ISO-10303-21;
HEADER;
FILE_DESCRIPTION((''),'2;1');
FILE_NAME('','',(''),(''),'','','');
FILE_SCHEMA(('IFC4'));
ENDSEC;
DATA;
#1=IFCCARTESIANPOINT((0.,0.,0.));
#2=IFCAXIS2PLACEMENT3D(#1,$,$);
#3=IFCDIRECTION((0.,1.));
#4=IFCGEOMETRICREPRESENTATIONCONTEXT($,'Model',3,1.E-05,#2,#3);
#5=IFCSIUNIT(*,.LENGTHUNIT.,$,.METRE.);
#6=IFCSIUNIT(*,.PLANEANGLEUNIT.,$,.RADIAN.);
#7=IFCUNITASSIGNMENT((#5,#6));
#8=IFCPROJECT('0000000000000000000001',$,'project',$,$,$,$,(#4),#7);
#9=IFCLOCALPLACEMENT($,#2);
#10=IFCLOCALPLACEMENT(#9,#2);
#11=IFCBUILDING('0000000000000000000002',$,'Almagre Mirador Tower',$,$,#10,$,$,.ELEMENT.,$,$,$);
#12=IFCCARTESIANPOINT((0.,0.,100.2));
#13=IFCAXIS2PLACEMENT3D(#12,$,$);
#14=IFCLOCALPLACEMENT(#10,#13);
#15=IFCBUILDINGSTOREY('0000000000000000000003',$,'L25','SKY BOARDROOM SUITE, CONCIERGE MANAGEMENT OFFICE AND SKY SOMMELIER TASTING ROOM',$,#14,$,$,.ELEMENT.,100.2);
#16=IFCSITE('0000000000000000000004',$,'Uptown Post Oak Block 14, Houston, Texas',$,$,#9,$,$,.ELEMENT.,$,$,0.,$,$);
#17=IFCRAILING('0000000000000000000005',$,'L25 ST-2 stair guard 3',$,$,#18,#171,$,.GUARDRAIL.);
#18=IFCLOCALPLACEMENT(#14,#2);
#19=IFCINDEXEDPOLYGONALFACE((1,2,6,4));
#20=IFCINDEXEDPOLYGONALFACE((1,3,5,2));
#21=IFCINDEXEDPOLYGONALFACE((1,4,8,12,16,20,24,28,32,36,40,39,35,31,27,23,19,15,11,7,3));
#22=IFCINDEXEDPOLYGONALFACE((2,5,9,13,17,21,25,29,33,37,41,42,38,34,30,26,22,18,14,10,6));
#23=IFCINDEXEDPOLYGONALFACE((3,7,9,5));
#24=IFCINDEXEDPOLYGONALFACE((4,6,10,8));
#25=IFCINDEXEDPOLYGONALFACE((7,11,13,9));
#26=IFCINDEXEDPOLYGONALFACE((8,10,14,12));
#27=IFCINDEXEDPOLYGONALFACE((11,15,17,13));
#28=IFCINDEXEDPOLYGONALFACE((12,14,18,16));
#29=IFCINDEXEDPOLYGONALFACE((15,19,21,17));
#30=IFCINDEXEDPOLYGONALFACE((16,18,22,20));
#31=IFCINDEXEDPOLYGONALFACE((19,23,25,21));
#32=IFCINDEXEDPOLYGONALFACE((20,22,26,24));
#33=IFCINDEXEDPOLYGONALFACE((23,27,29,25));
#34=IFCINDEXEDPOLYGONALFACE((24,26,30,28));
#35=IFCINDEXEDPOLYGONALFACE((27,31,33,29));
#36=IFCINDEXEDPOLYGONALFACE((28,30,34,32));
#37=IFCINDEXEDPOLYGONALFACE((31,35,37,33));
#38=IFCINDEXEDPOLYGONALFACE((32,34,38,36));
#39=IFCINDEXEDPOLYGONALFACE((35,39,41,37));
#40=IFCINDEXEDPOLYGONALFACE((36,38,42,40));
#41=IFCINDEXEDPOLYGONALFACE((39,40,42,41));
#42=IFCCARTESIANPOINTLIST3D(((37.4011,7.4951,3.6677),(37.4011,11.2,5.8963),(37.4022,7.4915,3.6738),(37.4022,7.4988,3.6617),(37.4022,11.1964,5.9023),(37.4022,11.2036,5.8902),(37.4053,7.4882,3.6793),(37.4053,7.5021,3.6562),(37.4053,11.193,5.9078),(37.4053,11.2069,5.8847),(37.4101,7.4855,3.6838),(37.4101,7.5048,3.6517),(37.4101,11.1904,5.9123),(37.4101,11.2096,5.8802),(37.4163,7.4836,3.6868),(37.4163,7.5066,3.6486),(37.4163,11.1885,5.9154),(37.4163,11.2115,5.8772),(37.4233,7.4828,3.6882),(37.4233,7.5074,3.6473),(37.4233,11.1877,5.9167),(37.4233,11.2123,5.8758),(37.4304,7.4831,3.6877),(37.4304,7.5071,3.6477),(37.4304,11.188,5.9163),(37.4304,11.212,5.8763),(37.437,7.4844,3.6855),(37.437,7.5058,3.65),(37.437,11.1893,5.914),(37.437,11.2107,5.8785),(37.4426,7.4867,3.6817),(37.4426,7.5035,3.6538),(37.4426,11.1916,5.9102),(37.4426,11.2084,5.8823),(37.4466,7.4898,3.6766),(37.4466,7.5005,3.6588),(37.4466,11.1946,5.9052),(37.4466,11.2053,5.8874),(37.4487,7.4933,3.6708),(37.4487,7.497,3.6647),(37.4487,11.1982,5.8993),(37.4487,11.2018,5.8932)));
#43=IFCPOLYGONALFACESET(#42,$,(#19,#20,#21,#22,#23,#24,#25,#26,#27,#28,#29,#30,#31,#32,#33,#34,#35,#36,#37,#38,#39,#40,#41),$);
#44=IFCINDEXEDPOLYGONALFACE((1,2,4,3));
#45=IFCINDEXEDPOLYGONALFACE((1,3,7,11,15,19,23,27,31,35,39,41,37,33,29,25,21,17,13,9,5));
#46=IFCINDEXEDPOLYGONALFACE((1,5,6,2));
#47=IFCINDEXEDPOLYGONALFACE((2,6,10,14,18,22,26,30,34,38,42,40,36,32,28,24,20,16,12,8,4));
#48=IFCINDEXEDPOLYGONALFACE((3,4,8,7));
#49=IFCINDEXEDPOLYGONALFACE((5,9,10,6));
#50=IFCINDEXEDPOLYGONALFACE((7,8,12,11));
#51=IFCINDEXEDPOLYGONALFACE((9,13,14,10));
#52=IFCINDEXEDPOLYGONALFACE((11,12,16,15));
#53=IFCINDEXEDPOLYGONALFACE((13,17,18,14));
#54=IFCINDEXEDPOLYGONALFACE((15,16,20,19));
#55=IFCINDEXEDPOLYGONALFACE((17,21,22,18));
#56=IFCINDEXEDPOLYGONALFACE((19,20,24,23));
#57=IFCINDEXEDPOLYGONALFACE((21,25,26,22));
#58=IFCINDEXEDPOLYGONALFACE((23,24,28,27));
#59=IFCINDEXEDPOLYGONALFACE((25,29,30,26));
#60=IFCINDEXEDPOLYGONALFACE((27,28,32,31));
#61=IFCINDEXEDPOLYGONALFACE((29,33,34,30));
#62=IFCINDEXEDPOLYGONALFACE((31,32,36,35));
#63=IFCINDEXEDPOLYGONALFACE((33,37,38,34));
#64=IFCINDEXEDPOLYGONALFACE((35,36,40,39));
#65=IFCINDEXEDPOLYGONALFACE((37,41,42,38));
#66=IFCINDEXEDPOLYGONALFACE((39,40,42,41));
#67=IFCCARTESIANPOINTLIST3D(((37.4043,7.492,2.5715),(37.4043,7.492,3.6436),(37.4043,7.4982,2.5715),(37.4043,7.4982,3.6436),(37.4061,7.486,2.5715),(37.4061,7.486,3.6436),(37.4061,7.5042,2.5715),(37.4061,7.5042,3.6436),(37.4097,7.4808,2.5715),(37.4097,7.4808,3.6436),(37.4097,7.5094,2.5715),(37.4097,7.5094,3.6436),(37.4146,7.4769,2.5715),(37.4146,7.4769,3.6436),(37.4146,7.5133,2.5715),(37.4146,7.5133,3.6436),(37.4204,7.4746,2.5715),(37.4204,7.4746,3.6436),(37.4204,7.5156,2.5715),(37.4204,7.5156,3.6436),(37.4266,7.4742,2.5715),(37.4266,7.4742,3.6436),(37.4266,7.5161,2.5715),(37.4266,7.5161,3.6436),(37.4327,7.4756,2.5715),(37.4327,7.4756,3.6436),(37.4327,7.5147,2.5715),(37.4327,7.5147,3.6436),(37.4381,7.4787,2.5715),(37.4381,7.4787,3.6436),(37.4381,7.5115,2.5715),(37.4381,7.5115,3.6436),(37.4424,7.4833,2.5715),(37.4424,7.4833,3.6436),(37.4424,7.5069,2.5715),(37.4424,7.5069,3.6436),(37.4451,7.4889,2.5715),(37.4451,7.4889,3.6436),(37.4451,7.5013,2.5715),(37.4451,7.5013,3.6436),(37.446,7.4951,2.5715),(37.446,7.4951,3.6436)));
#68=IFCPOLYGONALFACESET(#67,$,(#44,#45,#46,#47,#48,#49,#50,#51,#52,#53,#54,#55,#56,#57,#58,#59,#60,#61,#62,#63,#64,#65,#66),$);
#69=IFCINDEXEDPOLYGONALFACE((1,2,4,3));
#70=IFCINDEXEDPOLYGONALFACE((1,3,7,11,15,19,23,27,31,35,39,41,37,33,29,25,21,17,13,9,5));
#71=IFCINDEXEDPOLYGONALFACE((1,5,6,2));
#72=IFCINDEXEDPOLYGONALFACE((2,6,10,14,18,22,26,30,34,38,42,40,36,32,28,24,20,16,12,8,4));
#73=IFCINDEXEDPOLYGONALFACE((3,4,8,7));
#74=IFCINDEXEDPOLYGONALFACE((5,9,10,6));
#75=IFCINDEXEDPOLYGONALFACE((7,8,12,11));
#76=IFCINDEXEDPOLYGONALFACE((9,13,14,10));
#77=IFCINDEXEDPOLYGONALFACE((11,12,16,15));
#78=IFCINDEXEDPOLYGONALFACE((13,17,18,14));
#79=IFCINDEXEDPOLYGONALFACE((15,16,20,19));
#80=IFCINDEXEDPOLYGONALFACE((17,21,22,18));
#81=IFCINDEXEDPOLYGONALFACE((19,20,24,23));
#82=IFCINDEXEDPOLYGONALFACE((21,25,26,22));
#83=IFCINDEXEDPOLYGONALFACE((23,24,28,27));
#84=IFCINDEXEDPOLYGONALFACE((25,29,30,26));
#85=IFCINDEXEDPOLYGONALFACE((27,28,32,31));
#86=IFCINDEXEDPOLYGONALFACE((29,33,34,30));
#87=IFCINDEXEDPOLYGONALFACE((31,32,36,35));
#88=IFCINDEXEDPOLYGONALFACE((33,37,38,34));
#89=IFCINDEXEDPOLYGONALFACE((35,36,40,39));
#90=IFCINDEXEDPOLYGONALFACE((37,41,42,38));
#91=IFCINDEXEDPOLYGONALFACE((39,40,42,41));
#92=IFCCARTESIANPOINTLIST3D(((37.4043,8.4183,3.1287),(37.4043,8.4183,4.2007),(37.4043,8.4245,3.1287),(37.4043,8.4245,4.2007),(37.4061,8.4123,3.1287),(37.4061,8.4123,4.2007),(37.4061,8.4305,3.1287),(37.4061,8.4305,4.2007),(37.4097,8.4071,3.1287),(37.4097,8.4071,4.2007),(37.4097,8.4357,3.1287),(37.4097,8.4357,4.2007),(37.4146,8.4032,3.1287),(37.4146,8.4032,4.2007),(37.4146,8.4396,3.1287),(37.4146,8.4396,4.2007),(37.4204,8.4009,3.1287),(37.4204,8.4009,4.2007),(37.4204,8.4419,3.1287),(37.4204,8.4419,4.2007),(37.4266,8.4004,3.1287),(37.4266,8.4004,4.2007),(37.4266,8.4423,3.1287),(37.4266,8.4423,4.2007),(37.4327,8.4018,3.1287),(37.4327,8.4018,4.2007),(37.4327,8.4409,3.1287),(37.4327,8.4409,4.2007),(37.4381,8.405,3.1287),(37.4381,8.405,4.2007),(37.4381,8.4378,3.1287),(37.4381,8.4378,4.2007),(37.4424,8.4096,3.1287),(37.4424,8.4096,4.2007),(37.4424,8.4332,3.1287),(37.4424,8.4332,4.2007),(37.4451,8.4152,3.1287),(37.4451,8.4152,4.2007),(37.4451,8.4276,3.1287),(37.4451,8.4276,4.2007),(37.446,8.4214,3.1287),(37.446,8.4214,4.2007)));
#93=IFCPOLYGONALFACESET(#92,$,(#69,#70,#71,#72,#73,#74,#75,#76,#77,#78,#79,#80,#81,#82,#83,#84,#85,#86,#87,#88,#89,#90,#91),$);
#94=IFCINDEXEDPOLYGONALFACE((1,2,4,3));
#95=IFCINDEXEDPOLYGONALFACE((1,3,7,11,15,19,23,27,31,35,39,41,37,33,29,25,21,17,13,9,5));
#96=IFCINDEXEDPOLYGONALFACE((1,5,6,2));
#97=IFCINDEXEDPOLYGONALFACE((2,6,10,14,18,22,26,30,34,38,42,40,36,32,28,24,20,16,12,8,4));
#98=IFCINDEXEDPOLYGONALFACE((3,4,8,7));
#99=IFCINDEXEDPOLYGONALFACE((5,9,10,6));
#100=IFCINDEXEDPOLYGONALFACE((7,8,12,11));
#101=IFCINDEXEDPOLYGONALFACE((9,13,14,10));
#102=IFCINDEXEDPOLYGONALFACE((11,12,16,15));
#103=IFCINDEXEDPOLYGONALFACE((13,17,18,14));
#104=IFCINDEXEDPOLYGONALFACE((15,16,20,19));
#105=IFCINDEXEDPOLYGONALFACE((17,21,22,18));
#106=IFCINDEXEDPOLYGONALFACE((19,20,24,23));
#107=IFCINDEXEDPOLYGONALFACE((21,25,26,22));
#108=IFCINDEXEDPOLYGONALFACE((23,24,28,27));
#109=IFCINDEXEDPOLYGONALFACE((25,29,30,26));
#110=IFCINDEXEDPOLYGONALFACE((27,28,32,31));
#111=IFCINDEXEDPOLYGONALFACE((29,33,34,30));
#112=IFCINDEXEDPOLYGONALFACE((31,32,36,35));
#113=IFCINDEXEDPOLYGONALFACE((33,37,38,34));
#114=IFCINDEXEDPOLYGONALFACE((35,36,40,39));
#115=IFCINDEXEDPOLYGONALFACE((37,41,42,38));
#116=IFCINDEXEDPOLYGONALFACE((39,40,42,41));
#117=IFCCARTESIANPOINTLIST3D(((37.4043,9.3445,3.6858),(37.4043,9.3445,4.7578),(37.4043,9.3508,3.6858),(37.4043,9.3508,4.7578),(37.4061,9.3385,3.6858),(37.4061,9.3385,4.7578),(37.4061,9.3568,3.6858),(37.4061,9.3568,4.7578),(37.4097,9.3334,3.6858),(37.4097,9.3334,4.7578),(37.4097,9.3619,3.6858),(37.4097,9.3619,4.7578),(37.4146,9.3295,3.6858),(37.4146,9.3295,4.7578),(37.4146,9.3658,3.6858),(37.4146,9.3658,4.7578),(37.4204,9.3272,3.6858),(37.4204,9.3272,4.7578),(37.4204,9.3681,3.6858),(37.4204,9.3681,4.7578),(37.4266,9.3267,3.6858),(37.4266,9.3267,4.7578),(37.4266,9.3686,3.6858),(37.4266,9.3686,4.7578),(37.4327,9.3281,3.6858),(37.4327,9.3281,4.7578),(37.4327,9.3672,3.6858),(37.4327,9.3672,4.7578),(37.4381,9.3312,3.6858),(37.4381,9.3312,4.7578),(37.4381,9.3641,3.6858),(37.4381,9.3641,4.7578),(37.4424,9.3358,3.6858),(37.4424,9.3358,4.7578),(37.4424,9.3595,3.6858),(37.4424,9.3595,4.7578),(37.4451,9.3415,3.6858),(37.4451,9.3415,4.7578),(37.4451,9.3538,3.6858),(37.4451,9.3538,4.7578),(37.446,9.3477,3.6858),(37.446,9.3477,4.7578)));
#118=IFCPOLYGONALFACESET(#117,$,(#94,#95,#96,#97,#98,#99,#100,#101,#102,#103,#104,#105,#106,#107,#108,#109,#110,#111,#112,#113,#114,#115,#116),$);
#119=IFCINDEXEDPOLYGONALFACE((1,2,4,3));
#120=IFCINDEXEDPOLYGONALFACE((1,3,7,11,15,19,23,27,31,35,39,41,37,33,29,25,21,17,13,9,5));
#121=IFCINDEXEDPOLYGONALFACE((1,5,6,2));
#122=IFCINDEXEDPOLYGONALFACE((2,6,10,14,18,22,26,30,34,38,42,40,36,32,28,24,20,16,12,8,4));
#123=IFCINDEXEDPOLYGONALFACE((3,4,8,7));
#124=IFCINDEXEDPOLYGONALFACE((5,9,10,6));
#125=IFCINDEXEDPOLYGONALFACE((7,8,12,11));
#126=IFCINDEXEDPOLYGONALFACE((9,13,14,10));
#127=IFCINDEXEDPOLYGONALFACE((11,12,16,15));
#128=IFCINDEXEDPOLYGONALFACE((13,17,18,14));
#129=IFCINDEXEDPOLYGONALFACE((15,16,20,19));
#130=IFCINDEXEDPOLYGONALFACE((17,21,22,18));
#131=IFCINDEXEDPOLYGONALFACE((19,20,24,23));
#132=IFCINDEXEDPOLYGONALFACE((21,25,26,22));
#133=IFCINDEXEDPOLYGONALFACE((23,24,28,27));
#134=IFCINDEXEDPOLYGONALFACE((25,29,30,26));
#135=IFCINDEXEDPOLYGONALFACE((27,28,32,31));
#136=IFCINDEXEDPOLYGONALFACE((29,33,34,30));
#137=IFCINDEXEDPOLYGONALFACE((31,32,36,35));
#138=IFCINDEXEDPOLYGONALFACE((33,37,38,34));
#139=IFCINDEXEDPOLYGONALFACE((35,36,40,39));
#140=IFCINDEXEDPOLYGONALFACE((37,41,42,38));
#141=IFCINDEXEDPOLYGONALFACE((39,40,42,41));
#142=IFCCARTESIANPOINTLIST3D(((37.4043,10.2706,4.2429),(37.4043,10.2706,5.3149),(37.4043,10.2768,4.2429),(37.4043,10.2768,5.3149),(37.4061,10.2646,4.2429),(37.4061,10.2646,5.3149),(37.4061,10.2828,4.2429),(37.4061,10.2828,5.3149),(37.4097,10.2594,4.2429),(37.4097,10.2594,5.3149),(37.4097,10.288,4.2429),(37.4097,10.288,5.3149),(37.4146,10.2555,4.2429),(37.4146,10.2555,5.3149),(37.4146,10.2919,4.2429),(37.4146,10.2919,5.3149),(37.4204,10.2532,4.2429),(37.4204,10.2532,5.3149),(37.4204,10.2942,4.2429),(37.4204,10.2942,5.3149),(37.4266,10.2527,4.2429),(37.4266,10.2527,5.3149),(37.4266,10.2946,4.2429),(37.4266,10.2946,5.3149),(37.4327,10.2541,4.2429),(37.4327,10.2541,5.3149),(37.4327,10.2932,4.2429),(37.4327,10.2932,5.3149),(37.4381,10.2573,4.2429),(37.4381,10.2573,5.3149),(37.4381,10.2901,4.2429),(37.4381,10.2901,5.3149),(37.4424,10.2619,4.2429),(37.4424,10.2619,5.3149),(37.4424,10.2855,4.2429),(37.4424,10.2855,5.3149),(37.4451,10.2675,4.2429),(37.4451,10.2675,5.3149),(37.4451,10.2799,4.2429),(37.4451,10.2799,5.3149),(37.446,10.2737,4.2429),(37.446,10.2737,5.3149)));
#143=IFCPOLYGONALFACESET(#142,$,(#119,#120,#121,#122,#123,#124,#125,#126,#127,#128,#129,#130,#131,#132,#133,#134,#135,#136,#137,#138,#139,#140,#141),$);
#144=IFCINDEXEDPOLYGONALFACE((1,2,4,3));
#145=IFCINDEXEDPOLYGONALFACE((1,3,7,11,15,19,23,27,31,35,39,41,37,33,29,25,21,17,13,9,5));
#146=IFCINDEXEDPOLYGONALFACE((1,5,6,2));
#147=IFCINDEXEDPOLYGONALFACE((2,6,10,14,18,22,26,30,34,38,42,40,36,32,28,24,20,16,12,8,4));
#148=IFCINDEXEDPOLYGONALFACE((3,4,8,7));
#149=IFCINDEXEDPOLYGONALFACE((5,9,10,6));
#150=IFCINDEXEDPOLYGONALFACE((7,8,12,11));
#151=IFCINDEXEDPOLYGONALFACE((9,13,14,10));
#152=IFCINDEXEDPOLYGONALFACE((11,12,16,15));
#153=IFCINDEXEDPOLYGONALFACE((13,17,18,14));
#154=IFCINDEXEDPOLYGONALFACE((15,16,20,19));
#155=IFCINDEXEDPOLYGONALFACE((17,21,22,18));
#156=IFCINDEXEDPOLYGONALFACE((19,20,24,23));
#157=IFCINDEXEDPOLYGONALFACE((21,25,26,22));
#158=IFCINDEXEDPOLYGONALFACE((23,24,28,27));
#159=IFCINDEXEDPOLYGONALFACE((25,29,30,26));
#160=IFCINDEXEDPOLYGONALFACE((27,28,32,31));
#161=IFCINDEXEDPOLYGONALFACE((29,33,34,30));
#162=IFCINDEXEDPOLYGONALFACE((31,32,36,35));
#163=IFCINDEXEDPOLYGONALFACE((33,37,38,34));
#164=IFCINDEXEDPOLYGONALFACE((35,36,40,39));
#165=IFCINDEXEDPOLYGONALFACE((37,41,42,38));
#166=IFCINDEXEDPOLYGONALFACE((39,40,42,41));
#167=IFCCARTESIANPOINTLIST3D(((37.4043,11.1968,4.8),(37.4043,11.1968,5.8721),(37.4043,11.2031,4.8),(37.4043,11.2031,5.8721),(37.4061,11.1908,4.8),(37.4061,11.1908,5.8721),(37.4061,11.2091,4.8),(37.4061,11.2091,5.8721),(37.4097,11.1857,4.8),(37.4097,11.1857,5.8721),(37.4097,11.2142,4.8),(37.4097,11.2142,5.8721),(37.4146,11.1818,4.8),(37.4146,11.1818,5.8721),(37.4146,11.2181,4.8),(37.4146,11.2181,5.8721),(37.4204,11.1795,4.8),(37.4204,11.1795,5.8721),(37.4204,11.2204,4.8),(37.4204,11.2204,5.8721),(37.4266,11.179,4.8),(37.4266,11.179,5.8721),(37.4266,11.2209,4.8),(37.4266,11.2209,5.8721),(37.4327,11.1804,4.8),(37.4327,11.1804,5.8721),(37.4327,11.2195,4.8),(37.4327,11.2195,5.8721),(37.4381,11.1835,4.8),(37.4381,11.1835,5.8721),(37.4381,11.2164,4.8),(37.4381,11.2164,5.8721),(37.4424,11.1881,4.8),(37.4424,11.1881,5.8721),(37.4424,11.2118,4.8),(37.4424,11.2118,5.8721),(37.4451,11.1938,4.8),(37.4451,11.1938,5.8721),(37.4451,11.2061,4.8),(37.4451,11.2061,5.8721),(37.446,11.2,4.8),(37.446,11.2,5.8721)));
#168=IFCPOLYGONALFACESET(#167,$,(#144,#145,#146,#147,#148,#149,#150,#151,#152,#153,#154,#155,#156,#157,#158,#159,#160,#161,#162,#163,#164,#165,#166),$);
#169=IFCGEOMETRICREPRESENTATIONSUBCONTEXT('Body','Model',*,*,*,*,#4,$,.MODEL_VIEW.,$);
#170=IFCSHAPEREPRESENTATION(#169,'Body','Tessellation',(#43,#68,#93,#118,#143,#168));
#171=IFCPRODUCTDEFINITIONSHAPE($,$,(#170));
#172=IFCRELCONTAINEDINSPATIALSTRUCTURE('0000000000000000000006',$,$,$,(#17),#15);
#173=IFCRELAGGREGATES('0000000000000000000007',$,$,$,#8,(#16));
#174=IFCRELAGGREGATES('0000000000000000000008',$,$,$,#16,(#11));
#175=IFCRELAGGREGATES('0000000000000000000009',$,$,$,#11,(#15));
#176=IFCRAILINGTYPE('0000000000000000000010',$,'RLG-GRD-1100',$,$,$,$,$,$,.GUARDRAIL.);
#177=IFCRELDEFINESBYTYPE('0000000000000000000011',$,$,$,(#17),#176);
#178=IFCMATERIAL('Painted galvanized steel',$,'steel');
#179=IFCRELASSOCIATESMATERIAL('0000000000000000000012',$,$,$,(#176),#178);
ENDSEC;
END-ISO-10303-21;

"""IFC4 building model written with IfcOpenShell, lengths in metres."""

from ifc_helpers import new_model, si_unit, direction, frame, origin, origin_2d, place, context, subcontext, project, spatial, circle, extrude, material, type_object, element, save


model = new_model("IFC4")

# Units and contexts
model_context = context("Model", 3, precision=1e-05, world=origin(), true_north=direction((0.0, 1.0)))
body_context = subcontext(model_context, "Body", "Model", "MODEL_VIEW")
ifc_project = project(units=[si_unit("LENGTHUNIT", "METRE"), si_unit("PLANEANGLEUNIT", "RADIAN")], contexts=[model_context])

# Site, building, storey
site_placement = place(None, origin())
site = spatial("IfcSite", under=ifc_project, at=site_placement, Name="Uptown Post Oak Block 14, Houston, Texas", CompositionType="ELEMENT", RefElevation=0.0)
building_placement = place(site_placement, origin())
building = spatial("IfcBuilding", under=site, at=building_placement, Name="Almagre Mirador Tower", CompositionType="ELEMENT")
storey_placement = place(building_placement, frame((0.0, 0.0, 100.2)))
storey = spatial("IfcBuildingStorey", under=building, at=storey_placement, Name="L25", Description="SKY BOARDROOM SUITE, CONCIERGE MANAGEMENT OFFICE AND SKY SOMMELIER TASTING ROOM", CompositionType="ELEMENT", Elevation=100.2)

# Railing
ifc_material_1 = material(Name="Painted galvanized steel", Category="steel")
railing_type = type_object("IfcRailingType", Name="RLG-GRD-1100", PredefinedType="GUARDRAIL", material=ifc_material_1)
railing_1_placement = place(storey_placement, frame((37.425, 7.4951, 2.5715)))
element("IfcRailing", 1, at=railing_1_placement, inside=storey, type_object=railing_type, Name="L25 ST-2 stair guard 3", PredefinedType="GUARDRAIL", context=body_context, shape_type="SweptSolid", body=[
    extrude(circle(Radius=0.0239, at=origin_2d()), frame((0.0, 0.0, 1.0962), z_axis=(0.0, 0.856919, 0.51545), x_axis=(-1.0, 0.0, 0.0)), (0.0, 0.0, 1.0), 4.3235),
    extrude(circle(Radius=0.021, at=origin_2d()), origin(), (0.0, 0.0, 1.0), 1.072),
    extrude(circle(Radius=0.021, at=origin_2d()), frame((0.0, 0.9263, 0.5571)), (0.0, 0.0, 1.0), 1.072),
    extrude(circle(Radius=0.021, at=origin_2d()), frame((0.0, 1.8525, 1.1143)), (0.0, 0.0, 1.0), 1.072),
    extrude(circle(Radius=0.021, at=origin_2d()), frame((0.0, 2.7786, 1.6714)), (0.0, 0.0, 1.0), 1.072),
    extrude(circle(Radius=0.021, at=origin_2d()), frame((0.0, 3.7048, 2.2285)), (0.0, 0.0, 1.0), 1.072),
])

save(model, "model.ifc")
